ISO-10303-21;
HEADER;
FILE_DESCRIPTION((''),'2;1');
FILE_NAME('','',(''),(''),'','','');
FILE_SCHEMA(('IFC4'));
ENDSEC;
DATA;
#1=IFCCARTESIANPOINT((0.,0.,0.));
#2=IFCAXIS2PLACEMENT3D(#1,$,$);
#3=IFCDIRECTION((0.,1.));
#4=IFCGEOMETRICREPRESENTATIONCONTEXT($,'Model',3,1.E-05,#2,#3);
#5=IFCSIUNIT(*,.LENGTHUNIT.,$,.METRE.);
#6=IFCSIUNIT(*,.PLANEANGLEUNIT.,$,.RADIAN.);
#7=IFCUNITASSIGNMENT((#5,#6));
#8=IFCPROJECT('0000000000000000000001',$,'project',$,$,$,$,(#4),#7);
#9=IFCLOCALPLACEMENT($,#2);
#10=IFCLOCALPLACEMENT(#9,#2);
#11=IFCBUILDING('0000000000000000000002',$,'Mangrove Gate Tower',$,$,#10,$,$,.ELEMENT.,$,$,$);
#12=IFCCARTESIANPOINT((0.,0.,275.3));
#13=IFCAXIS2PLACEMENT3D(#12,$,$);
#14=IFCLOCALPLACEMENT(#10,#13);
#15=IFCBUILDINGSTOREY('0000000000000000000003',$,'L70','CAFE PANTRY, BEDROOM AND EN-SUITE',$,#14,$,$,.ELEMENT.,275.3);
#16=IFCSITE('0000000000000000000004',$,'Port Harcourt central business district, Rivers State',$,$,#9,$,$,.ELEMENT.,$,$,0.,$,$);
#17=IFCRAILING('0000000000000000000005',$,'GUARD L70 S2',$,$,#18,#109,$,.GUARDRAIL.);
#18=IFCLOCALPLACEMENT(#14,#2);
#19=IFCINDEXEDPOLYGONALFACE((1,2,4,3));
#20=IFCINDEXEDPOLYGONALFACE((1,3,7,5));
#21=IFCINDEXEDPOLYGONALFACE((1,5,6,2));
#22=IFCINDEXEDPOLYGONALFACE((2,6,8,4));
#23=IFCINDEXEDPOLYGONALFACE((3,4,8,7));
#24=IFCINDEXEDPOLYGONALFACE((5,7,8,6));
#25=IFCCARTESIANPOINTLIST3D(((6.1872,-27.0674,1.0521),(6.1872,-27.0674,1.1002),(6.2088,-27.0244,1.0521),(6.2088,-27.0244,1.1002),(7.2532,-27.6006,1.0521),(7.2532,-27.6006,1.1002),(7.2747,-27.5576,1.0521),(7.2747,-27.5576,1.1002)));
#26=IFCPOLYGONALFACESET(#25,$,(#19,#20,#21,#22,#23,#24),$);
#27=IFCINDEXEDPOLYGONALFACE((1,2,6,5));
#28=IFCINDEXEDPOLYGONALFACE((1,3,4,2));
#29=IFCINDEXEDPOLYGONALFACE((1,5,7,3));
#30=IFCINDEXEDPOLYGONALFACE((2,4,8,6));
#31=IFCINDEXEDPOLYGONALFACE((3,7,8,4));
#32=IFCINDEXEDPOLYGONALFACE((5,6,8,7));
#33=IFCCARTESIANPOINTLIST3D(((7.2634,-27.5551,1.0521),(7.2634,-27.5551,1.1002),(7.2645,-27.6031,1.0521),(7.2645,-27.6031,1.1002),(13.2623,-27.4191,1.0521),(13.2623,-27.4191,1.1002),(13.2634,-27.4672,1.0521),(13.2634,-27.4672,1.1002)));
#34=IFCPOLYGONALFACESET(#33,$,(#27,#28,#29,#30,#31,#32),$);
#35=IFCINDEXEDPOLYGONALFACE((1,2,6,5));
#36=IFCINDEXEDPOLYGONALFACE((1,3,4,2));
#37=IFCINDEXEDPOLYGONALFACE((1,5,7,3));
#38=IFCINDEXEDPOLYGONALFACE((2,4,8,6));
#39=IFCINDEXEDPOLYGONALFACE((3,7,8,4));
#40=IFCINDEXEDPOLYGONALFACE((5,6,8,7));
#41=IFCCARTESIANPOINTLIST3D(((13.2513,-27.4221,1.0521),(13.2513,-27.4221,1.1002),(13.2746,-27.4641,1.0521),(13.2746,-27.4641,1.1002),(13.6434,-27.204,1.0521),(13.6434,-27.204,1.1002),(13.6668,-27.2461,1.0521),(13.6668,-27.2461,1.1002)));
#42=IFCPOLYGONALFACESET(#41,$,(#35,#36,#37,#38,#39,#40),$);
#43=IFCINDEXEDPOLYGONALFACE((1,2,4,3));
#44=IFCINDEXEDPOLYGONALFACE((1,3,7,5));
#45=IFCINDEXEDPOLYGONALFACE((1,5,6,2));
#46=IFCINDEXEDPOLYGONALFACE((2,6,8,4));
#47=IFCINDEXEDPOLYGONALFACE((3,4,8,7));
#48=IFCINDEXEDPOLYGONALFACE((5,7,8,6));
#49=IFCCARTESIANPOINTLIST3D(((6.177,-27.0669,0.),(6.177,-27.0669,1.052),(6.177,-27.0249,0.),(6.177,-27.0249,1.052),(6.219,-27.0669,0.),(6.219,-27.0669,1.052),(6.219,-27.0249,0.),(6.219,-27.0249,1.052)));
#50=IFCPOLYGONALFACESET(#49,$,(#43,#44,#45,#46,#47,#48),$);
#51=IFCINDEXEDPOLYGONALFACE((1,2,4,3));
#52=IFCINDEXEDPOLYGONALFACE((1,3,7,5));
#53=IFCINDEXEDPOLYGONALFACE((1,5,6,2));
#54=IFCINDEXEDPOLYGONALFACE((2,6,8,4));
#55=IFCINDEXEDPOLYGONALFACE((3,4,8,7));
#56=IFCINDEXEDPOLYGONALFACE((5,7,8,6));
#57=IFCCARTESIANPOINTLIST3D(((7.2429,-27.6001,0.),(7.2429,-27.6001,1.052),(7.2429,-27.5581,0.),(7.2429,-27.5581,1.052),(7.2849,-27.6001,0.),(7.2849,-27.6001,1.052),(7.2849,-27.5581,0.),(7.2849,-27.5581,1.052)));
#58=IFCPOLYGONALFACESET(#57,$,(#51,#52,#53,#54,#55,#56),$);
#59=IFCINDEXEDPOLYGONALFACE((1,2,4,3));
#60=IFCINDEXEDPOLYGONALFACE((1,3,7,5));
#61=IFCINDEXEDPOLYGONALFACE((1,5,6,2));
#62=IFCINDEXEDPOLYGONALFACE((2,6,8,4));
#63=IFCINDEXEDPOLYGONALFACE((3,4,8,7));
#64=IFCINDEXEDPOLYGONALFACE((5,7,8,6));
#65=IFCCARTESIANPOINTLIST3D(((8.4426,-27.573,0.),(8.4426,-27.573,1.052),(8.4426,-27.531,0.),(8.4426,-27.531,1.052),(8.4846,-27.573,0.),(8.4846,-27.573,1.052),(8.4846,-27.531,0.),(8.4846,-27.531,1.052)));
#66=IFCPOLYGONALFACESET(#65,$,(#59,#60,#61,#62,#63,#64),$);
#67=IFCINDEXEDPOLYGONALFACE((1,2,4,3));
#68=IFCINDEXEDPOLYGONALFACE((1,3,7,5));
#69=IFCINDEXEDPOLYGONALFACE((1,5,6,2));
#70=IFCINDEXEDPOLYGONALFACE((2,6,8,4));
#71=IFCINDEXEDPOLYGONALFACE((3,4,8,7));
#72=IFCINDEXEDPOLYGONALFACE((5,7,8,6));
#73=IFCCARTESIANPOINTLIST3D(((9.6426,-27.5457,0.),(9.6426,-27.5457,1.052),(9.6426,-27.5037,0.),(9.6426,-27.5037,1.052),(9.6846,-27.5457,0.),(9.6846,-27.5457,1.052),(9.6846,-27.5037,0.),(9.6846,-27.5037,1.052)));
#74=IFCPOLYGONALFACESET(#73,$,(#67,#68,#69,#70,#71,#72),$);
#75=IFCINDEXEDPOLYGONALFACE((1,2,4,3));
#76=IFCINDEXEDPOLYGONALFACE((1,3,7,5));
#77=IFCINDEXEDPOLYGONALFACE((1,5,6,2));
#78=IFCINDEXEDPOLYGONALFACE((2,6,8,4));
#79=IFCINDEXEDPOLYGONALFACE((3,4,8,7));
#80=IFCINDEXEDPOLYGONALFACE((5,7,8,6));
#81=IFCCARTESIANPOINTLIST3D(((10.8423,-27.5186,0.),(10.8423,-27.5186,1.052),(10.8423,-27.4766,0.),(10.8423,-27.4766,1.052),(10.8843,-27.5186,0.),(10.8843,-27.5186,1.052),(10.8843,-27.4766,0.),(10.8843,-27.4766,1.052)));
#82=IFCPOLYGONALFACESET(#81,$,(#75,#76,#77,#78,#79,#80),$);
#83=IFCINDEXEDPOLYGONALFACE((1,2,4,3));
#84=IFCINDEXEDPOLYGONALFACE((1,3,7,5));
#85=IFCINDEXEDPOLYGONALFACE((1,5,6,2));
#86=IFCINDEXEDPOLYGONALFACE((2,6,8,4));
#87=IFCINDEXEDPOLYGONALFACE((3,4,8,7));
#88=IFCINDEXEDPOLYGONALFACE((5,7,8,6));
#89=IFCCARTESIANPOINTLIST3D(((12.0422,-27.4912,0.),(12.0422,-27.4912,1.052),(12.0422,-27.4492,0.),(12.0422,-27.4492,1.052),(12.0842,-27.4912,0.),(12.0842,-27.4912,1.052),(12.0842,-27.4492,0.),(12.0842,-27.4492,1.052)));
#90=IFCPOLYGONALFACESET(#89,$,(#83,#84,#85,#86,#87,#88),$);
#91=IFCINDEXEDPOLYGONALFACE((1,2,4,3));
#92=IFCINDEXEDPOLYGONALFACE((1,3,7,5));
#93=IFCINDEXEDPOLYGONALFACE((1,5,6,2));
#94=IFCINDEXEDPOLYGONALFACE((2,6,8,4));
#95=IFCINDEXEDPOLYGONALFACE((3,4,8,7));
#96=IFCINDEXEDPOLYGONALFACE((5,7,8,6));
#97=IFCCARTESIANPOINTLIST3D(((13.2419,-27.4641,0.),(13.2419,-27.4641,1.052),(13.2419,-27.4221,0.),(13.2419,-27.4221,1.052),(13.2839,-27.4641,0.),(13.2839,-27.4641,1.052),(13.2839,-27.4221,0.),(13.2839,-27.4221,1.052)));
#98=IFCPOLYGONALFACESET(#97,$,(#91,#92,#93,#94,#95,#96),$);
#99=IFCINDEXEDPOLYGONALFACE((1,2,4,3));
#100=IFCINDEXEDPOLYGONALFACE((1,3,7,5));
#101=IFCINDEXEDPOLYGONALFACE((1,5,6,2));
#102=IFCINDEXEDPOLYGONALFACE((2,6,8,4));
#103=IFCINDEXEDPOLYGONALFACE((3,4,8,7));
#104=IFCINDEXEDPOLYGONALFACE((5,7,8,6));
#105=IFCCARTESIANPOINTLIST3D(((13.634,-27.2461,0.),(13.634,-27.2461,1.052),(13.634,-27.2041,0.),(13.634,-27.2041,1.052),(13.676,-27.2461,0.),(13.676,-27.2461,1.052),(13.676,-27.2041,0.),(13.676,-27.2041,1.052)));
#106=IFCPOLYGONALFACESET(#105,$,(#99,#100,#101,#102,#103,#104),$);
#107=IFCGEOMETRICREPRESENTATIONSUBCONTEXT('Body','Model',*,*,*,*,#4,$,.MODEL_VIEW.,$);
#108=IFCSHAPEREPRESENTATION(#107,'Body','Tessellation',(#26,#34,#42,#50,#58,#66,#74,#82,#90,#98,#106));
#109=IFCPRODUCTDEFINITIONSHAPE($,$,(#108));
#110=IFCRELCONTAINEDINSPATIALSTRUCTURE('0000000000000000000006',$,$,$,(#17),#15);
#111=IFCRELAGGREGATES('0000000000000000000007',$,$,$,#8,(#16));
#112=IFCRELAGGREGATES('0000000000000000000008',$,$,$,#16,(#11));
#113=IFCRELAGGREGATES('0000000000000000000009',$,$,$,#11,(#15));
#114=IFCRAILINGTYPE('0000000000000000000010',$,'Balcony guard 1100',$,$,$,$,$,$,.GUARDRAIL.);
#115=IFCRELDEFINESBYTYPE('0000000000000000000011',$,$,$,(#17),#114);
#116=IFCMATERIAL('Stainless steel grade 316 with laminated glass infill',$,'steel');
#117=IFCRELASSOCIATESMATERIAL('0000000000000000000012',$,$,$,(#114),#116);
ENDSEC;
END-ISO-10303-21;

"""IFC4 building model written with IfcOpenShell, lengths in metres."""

from ifc_helpers import new_model, si_unit, direction, frame, origin, origin_2d, place, context, subcontext, project, spatial, rectangle, extrude, material, type_object, element, save


model = new_model("IFC4")

# Units and contexts
model_context = context("Model", 3, precision=1e-05, world=origin(), true_north=direction((0.0, 1.0)))
body_context = subcontext(model_context, "Body", "Model", "MODEL_VIEW")
ifc_project = project(units=[si_unit("LENGTHUNIT", "METRE"), si_unit("PLANEANGLEUNIT", "RADIAN")], contexts=[model_context])

# Site, building, storey
site_placement = place(None, origin())
site = spatial("IfcSite", under=ifc_project, at=site_placement, Name="Port Harcourt central business district, Rivers State", CompositionType="ELEMENT", RefElevation=0.0)
building_placement = place(site_placement, origin())
building = spatial("IfcBuilding", under=site, at=building_placement, Name="Mangrove Gate Tower", CompositionType="ELEMENT")
storey_placement = place(building_placement, frame((0.0, 0.0, 275.3)))
storey = spatial("IfcBuildingStorey", under=building, at=storey_placement, Name="L70", Description="CAFE PANTRY, BEDROOM AND EN-SUITE", CompositionType="ELEMENT", Elevation=275.3)

# Railing
ifc_material_1 = material(Name="Stainless steel grade 316 with laminated glass infill", Category="steel")
railing_type = type_object("IfcRailingType", Name="Balcony guard 1100", PredefinedType="GUARDRAIL", material=ifc_material_1)
railing_placement = place(storey_placement, frame((6.198, -27.0459, 0.0)))
element("IfcRailing", 1, at=railing_placement, inside=storey, type_object=railing_type, Name="GUARD L70 S2", PredefinedType="GUARDRAIL", context=body_context, shape_type="SweptSolid", body=[
    extrude(rectangle(XDim=0.0481, YDim=0.0481, at=origin_2d()), frame((0.0, 0.0, 1.0762), z_axis=(0.894345, -0.447377, 0.0), x_axis=(0.447377, 0.894345, 0.0)), (0.0, 0.0, 1.0), 1.1919),
    extrude(rectangle(XDim=0.0481, YDim=0.0481, at=origin_2d()), frame((1.0659, -0.5332, 1.0762), z_axis=(0.999743, 0.022662, 0.0), x_axis=(-0.022662, 0.999743, 0.0)), (0.0, 0.0, 1.0), 6.0005),
    extrude(rectangle(XDim=0.0481, YDim=0.0481, at=origin_2d()), frame((7.0649, -0.3972, 1.0762), z_axis=(0.873978, 0.485966, 0.0), x_axis=(-0.485966, 0.873978, 0.0)), (0.0, 0.0, 1.0), 0.4487),
    extrude(rectangle(XDim=0.042, YDim=0.042, at=origin_2d()), origin(), (0.0, 0.0, 1.0), 1.052),
    extrude(rectangle(XDim=0.042, YDim=0.042, at=origin_2d()), frame((1.0659, -0.5332, 0.0)), (0.0, 0.0, 1.0), 1.052),
    extrude(rectangle(XDim=0.042, YDim=0.042, at=origin_2d()), frame((2.2656, -0.5061, 0.0)), (0.0, 0.0, 1.0), 1.052),
    extrude(rectangle(XDim=0.042, YDim=0.042, at=origin_2d()), frame((3.4656, -0.4788, 0.0)), (0.0, 0.0, 1.0), 1.052),
    extrude(rectangle(XDim=0.042, YDim=0.042, at=origin_2d()), frame((4.6653, -0.4517, 0.0)), (0.0, 0.0, 1.0), 1.052),
    extrude(rectangle(XDim=0.042, YDim=0.042, at=origin_2d()), frame((5.8652, -0.4243, 0.0)), (0.0, 0.0, 1.0), 1.052),
    extrude(rectangle(XDim=0.042, YDim=0.042, at=origin_2d()), frame((7.0649, -0.3972, 0.0)), (0.0, 0.0, 1.0), 1.052),
    extrude(rectangle(XDim=0.042, YDim=0.042, at=origin_2d()), frame((7.457, -0.1792, 0.0)), (0.0, 0.0, 1.0), 1.052),
])

save(model, "model.ifc")
